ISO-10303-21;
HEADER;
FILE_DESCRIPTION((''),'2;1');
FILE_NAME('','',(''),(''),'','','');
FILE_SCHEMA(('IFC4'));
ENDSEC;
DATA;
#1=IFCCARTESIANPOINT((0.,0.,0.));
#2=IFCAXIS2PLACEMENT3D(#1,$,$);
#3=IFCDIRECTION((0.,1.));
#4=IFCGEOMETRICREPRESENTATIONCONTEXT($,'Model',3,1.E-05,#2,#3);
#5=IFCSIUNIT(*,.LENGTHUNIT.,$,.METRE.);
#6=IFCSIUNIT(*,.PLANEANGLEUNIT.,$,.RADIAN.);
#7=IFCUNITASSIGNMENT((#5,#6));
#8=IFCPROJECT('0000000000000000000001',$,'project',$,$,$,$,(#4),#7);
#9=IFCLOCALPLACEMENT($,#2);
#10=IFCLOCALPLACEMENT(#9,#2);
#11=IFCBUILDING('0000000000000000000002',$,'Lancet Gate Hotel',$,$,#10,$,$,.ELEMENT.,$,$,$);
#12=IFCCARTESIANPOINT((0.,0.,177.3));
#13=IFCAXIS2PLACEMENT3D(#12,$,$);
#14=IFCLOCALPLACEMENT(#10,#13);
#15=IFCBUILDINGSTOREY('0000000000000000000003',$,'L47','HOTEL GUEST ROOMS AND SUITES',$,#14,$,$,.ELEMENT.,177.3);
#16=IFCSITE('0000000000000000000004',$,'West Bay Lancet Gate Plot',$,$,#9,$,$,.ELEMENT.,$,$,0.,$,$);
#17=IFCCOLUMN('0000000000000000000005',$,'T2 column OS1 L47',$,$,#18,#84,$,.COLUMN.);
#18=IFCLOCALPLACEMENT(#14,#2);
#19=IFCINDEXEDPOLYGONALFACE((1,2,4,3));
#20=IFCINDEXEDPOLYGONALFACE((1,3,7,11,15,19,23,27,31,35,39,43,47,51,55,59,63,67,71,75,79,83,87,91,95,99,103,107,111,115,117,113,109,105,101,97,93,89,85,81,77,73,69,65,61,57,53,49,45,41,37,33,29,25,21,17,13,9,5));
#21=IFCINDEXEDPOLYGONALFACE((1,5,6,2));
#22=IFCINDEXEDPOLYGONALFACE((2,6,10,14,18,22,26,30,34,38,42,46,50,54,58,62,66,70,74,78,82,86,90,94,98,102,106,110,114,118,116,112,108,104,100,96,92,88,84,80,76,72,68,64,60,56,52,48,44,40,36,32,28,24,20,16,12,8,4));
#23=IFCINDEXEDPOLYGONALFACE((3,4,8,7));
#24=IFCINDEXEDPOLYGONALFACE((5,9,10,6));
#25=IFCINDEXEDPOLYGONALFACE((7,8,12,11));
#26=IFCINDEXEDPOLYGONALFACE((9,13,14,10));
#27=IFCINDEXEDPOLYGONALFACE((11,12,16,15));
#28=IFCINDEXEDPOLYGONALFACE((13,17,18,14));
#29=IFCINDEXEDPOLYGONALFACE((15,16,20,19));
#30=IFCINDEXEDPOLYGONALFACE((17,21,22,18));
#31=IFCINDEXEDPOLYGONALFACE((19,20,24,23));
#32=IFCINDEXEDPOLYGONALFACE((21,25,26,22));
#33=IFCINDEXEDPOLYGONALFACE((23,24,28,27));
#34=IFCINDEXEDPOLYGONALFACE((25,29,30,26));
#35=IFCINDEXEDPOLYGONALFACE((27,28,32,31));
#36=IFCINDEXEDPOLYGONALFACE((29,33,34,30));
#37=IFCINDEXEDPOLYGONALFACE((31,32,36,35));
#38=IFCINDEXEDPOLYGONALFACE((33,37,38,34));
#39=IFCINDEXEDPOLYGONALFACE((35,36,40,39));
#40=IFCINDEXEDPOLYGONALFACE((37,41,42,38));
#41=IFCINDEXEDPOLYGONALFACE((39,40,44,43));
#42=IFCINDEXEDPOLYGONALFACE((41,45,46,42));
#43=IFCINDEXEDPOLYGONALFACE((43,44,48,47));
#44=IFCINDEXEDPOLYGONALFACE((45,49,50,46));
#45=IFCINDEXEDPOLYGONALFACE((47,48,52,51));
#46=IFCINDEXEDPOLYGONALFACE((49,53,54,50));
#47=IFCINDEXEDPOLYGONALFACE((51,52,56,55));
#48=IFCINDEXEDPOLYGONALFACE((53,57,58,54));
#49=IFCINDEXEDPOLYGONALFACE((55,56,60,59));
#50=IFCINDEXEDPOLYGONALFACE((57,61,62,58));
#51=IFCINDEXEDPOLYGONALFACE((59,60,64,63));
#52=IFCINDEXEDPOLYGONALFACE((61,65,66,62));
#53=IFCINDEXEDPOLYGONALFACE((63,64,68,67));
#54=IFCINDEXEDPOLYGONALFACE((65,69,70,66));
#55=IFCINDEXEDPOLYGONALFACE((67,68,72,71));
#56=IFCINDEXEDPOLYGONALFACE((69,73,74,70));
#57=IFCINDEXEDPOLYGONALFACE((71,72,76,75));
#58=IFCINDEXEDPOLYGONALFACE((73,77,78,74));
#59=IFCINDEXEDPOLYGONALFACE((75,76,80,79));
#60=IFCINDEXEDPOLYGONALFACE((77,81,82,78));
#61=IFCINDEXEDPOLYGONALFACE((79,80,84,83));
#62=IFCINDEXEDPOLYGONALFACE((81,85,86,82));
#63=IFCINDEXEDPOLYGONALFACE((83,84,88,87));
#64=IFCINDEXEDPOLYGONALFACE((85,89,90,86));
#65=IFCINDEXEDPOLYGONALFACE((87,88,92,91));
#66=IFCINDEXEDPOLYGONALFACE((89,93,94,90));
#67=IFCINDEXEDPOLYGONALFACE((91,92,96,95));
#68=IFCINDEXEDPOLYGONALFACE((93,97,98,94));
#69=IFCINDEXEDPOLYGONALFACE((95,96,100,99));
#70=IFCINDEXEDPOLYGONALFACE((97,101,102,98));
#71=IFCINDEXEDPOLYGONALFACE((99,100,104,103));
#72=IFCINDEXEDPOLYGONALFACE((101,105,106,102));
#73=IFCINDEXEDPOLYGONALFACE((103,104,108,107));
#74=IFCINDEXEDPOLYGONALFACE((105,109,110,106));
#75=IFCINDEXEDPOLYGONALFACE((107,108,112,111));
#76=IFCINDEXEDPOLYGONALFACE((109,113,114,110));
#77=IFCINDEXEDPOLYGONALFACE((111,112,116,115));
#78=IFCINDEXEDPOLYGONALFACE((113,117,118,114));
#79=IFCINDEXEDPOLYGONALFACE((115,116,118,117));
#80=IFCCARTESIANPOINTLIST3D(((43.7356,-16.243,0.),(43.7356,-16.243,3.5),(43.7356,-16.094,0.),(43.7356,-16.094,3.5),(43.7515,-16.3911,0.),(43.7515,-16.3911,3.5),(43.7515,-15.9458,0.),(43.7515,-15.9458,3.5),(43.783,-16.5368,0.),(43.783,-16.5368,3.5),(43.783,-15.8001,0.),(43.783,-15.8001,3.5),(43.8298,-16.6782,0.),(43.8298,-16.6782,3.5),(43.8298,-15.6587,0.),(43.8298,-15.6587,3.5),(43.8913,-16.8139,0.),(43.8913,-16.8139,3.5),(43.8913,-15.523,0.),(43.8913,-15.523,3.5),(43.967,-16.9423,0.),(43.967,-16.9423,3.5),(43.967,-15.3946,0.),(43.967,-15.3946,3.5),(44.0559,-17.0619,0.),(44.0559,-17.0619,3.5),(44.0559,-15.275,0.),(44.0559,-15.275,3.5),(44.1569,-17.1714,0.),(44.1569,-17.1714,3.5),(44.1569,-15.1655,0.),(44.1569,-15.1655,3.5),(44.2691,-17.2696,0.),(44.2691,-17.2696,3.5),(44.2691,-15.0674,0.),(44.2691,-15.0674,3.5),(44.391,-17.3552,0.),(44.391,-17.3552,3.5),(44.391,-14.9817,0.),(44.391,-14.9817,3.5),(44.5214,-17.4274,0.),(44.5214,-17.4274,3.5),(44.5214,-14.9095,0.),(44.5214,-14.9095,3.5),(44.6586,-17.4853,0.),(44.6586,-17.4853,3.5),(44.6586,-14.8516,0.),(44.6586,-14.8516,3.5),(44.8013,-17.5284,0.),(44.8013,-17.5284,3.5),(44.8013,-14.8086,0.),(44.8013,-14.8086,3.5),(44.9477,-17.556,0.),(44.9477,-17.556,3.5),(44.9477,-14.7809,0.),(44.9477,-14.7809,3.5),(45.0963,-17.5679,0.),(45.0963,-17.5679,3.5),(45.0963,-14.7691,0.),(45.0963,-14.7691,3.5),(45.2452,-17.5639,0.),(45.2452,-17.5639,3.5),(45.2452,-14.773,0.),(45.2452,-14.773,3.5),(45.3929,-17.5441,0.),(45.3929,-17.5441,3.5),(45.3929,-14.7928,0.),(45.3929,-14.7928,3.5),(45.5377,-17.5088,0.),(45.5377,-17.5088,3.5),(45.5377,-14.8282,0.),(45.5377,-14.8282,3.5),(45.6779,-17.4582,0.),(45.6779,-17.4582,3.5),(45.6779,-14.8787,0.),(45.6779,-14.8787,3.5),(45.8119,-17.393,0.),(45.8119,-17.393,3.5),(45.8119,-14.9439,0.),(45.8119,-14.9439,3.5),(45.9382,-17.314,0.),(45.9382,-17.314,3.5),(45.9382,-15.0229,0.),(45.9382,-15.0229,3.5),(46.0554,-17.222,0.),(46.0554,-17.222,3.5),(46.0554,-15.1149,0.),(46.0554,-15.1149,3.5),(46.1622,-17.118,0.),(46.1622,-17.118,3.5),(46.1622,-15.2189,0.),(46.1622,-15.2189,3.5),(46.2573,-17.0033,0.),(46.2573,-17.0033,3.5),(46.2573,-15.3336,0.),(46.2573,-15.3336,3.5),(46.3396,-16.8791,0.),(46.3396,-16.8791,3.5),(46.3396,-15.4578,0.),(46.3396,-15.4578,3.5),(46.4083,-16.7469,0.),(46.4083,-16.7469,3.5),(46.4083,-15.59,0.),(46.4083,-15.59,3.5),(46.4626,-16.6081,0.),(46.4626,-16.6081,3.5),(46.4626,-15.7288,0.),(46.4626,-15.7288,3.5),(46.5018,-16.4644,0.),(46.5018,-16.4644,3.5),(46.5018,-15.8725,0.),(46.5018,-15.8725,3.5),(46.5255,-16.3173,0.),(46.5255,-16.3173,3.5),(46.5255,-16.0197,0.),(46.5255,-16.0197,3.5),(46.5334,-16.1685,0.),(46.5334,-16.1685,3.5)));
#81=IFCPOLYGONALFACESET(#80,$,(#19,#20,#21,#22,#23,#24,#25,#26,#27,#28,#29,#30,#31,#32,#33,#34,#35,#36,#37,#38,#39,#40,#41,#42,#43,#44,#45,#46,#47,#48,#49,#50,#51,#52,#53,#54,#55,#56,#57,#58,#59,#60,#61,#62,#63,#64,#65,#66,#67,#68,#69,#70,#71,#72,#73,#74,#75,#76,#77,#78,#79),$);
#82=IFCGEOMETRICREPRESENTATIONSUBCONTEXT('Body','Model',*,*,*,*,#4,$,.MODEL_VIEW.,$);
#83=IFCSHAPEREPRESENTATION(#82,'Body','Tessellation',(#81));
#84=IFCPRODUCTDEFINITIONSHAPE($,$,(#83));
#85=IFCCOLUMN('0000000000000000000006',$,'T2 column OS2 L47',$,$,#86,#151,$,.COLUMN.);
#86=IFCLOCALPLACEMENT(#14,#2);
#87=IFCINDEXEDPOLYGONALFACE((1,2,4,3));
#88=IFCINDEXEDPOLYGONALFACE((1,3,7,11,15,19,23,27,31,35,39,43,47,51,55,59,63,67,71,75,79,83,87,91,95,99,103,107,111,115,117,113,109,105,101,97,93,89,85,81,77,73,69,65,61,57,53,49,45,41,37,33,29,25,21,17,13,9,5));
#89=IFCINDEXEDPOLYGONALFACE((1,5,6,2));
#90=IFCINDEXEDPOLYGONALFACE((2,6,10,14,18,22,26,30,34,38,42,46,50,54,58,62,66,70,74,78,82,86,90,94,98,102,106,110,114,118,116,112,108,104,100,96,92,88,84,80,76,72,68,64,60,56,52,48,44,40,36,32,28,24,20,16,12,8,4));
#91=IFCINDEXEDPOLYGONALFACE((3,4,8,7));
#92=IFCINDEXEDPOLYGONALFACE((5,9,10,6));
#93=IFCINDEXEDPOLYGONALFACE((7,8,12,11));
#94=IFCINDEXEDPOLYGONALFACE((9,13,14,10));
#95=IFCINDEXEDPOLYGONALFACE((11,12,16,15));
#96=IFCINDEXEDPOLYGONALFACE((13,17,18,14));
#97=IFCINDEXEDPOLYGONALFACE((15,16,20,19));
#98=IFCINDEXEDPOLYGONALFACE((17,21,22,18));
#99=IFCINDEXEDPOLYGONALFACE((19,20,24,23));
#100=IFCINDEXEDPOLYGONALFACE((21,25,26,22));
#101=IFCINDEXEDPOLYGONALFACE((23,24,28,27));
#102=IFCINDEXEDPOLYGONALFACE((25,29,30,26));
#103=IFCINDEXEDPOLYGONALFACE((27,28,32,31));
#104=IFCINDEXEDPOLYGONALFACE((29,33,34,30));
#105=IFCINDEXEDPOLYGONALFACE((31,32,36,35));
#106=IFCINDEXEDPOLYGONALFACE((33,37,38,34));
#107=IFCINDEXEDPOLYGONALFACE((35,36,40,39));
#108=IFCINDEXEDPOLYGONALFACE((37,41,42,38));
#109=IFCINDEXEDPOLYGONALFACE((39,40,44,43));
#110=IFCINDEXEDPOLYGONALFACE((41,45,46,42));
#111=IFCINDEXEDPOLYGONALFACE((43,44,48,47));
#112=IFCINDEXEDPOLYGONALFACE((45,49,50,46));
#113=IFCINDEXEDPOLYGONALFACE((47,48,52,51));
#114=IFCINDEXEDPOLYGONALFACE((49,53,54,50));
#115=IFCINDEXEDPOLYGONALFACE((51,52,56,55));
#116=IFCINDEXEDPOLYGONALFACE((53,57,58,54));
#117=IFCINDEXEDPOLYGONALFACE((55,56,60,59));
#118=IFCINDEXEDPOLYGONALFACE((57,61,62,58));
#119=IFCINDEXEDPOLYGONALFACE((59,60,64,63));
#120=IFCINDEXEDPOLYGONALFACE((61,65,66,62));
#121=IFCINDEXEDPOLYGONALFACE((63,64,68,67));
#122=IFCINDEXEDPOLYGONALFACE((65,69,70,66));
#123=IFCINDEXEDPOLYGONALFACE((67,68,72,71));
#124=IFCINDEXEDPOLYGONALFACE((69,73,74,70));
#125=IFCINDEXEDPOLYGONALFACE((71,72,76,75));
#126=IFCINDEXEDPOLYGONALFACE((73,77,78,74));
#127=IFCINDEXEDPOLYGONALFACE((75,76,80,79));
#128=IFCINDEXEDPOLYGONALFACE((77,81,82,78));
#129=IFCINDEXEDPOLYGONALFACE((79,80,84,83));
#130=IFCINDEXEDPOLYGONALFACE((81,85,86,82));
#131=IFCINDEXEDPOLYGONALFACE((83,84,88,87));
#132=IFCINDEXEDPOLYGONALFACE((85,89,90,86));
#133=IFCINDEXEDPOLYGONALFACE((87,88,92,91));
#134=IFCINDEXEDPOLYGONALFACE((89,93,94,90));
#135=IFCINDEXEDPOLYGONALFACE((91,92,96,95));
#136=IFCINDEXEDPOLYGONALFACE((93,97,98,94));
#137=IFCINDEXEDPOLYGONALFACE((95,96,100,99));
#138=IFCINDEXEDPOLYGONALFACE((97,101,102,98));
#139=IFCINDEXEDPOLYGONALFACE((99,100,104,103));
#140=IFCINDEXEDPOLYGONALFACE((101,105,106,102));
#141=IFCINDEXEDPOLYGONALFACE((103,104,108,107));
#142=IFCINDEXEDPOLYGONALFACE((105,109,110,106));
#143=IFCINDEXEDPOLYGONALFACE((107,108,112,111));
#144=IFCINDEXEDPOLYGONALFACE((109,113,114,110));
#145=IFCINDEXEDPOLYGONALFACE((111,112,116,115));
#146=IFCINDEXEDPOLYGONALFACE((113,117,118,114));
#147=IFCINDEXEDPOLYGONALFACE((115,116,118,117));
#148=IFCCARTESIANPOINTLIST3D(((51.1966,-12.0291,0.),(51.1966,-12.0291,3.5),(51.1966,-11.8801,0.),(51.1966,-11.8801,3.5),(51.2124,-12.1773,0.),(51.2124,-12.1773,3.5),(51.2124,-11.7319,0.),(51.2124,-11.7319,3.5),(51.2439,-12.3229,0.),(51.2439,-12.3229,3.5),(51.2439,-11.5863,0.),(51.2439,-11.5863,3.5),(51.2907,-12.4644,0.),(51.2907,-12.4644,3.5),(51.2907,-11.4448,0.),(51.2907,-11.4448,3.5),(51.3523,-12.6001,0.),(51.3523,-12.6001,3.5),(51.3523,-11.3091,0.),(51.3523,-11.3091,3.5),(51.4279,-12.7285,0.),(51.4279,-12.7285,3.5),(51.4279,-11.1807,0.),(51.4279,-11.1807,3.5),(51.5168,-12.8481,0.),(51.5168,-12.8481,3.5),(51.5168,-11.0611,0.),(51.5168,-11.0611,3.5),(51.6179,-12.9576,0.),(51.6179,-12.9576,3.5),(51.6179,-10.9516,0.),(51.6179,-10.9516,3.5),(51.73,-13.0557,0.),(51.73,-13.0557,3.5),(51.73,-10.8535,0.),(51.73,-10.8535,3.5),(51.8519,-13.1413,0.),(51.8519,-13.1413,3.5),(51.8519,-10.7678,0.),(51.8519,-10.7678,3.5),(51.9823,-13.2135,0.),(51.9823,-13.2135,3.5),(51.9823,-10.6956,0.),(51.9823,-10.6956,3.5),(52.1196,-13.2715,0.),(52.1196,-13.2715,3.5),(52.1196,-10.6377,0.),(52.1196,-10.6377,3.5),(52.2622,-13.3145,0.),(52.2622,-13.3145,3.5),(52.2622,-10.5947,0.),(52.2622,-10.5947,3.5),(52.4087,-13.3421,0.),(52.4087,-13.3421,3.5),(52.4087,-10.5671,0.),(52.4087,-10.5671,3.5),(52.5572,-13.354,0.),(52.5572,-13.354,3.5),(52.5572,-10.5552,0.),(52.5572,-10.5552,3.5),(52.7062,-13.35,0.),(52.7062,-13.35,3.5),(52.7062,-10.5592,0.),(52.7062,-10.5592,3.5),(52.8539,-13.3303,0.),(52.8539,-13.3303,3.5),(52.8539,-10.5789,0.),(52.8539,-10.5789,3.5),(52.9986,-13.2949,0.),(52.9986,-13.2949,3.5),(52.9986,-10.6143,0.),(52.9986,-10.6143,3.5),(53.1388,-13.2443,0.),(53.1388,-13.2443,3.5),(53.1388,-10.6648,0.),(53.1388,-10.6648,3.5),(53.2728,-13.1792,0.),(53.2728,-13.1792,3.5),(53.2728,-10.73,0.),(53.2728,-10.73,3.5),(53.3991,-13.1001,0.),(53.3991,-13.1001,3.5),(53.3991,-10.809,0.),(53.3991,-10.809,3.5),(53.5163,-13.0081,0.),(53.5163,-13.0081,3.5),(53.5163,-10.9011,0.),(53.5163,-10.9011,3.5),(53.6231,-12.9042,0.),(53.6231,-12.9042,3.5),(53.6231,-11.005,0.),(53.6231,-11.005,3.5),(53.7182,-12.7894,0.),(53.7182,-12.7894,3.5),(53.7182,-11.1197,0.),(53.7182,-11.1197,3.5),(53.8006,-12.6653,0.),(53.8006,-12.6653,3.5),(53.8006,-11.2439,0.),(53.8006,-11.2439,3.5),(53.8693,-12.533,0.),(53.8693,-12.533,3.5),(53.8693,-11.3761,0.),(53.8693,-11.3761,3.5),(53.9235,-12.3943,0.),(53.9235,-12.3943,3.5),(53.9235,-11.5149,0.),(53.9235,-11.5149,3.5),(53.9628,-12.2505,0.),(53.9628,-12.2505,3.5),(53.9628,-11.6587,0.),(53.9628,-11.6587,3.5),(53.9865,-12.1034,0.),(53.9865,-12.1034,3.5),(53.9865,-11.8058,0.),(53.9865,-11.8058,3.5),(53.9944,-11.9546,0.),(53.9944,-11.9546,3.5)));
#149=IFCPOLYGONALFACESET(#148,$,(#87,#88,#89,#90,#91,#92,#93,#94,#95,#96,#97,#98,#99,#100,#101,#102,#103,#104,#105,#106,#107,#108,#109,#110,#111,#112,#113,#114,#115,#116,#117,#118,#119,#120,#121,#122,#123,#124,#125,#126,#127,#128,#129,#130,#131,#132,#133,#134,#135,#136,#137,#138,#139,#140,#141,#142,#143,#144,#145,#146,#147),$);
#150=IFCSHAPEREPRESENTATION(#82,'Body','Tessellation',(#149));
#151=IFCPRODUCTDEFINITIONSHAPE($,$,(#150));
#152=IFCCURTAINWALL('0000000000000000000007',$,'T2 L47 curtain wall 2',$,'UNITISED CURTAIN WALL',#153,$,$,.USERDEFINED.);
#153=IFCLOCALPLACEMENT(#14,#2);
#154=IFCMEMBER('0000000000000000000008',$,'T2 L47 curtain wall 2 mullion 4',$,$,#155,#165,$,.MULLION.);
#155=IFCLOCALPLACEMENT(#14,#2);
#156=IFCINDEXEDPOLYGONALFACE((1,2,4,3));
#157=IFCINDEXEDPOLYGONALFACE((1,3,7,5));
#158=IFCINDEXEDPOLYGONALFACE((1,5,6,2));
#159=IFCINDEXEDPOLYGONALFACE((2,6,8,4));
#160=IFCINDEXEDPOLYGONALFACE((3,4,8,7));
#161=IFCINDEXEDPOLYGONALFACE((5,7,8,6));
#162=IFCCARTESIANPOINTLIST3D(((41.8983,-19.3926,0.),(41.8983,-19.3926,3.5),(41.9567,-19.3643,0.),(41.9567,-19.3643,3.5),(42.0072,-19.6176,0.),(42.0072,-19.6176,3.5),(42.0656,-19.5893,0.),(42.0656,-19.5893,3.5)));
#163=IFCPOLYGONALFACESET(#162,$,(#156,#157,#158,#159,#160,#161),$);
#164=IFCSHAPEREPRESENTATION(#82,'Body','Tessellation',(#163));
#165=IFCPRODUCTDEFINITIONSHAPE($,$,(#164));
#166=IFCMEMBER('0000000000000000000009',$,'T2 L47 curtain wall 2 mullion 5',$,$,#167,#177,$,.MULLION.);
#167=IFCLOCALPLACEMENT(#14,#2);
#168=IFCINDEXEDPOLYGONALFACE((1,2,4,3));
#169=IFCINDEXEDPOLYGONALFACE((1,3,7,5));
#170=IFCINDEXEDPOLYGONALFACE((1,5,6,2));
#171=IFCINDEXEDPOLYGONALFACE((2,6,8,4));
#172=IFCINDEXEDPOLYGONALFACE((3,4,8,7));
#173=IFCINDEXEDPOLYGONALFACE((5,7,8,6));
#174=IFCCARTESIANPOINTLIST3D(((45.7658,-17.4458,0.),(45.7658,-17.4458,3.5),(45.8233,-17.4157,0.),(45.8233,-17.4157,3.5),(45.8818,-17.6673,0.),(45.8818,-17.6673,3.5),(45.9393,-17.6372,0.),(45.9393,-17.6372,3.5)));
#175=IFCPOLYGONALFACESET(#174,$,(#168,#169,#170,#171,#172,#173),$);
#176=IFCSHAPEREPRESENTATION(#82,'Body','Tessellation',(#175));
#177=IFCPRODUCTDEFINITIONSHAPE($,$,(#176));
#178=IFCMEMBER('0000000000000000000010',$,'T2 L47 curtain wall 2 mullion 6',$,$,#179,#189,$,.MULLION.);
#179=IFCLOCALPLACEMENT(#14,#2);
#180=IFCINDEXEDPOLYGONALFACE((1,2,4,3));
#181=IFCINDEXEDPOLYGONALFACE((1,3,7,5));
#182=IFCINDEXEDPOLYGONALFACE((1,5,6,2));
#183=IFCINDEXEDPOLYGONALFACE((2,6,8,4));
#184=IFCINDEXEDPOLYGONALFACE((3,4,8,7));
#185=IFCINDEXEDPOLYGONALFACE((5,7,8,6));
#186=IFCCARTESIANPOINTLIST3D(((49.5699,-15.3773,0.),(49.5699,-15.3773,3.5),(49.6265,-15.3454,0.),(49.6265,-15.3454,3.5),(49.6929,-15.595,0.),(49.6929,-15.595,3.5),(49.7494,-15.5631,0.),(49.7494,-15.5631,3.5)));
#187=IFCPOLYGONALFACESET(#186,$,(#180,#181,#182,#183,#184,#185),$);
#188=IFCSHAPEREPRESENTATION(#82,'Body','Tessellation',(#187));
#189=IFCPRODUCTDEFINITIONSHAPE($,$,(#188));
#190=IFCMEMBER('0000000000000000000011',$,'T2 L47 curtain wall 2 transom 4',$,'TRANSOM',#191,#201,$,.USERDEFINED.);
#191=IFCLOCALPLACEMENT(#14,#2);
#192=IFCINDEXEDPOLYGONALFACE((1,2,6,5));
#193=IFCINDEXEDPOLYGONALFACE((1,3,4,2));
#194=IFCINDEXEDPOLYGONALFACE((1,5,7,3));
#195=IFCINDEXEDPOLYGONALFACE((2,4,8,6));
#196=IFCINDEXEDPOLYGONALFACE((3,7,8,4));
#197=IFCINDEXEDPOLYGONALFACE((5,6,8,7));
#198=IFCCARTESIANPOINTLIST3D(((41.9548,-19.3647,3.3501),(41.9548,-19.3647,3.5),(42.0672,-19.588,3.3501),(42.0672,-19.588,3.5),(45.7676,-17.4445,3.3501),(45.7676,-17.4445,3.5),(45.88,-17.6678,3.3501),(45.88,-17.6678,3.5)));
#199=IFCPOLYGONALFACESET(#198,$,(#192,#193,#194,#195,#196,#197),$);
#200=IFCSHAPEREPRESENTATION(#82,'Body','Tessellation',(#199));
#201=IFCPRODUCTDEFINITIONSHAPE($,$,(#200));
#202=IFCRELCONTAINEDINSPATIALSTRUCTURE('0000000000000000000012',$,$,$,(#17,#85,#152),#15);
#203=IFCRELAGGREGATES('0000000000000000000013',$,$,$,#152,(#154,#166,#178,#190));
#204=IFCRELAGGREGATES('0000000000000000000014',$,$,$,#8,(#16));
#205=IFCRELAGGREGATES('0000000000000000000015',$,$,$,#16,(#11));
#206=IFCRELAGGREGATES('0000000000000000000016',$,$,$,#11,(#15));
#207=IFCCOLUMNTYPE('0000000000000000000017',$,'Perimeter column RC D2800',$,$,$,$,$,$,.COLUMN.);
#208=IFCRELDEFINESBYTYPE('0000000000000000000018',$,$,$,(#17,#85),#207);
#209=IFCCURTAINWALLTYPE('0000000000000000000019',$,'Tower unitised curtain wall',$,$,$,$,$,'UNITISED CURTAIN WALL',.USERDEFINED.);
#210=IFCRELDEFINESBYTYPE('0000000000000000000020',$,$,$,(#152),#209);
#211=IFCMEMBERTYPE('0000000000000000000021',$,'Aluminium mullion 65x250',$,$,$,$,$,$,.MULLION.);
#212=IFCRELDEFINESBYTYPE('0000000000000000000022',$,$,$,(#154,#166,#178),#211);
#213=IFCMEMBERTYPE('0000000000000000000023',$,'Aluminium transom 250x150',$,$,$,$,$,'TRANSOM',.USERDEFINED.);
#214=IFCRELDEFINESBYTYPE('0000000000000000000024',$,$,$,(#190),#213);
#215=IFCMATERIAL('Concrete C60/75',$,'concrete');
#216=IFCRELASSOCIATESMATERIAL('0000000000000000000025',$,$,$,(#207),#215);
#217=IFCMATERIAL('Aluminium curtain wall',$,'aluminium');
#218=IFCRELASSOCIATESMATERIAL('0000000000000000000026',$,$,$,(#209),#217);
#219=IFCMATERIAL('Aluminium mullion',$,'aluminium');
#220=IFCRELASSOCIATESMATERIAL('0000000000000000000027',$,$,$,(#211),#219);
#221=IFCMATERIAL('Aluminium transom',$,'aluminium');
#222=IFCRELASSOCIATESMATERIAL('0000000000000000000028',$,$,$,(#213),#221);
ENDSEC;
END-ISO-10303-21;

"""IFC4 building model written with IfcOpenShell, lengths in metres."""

from ifc_helpers import new_model, si_unit, direction, frame, origin, origin_2d, place, context, subcontext, project, spatial, rectangle, circle, extrude, material, material_profile, profile_set, type_object, element, aggregate, save


model = new_model("IFC4")

# Units and contexts
model_context = context("Model", 3, precision=1e-05, world=origin(), true_north=direction((0.0, 1.0)))
body_context = subcontext(model_context, "Body", "Model", "MODEL_VIEW")
ifc_project = project(units=[si_unit("LENGTHUNIT", "METRE"), si_unit("PLANEANGLEUNIT", "RADIAN")], contexts=[model_context])

# Site, building, storey
site_placement = place(None, origin())
site = spatial("IfcSite", under=ifc_project, at=site_placement, Name="West Bay Lancet Gate Plot", CompositionType="ELEMENT", RefElevation=0.0)
building_placement = place(site_placement, origin())
building = spatial("IfcBuilding", under=site, at=building_placement, Name="Lancet Gate Hotel", CompositionType="ELEMENT")
storey_placement = place(building_placement, frame((0.0, 0.0, 177.3)))
storey = spatial("IfcBuildingStorey", under=building, at=storey_placement, Name="L47", Description="HOTEL GUEST ROOMS AND SUITES", CompositionType="ELEMENT", Elevation=177.3)

# Columns
ifc_material_1 = material(Name="Concrete C60/75", Category="concrete")
ifc_material_profile_1 = material_profile(ifc_material_1, circle(Radius=1.3999, at=origin_2d()), Name="RC D2800")
ifc_profile_set_1 = profile_set([ifc_material_profile_1], Name="Concrete C60/75")
column_type = type_object("IfcColumnType", Name="Perimeter column RC D2800", PredefinedType="COLUMN", material=ifc_profile_set_1)
for number, where, z_axis, x_axis, name in (
    (1, (45.1335, -16.1685, 0.0), (0.0, 0.0, 1.0), (1.0, 0.0, 0.0), "T2 column OS1 L47"),
    (2, (52.5945, -11.9546, 0.0), (0.0, 0.0, 1.0), (1.0, 0.0, 0.0), "T2 column OS2 L47"),
):
    element("IfcColumn", number, at=place(storey_placement, frame(where, z_axis=z_axis, x_axis=x_axis)), inside=storey, type_object=column_type, Name=name, PredefinedType="COLUMN", context=body_context, shape_type="SweptSolid", body=[
        extrude(circle(Radius=1.3999, at=origin_2d()), origin(), (0.0, 0.0, 1.0), 3.5),
    ])

# Curtain wall, members
ifc_material_2 = material(Name="Aluminium curtain wall", Category="aluminium")
curtain_wall_type = type_object("IfcCurtainWallType", Name="Tower unitised curtain wall", ElementType="UNITISED CURTAIN WALL", PredefinedType="USERDEFINED", material=ifc_material_2)
curtain_wall_placement = place(storey_placement, origin())
curtain_wall = element("IfcCurtainWall", 3, at=curtain_wall_placement, inside=storey, type_object=curtain_wall_type, Name="T2 L47 curtain wall 2", ObjectType="UNITISED CURTAIN WALL", PredefinedType="USERDEFINED")
ifc_material_3 = material(Name="Aluminium mullion", Category="aluminium")
ifc_material_profile_2 = material_profile(ifc_material_3, rectangle(XDim=0.0649, YDim=0.25, at=origin_2d()), Name="MULLION 65x250")
ifc_profile_set_2 = profile_set([ifc_material_profile_2], Name="Aluminium mullion")
member_type_1 = type_object("IfcMemberType", Name="Aluminium mullion 65x250", PredefinedType="MULLION", material=ifc_profile_set_2)
member_1_placement = place(storey_placement, frame((41.9819, -19.491, 0.0), z_axis=(0.0, 0.0, 1.0), x_axis=(0.900141, 0.435598, 0.0)))
member_1 = element("IfcMember", 4, at=member_1_placement, type_object=member_type_1, Name="T2 L47 curtain wall 2 mullion 4", PredefinedType="MULLION", context=body_context, shape_type="SweptSolid", body=[
    extrude(rectangle(XDim=0.0649, YDim=0.25, at=origin_2d()), origin(), (0.0, 0.0, 1.0), 3.5),
])
member_2_placement = place(storey_placement, frame((45.8525, -17.5415, 0.0), z_axis=(0.0, 0.0, 1.0), x_axis=(0.885877, 0.46392, 0.0)))
member_2 = element("IfcMember", 5, at=member_2_placement, type_object=member_type_1, Name="T2 L47 curtain wall 2 mullion 5", PredefinedType="MULLION", context=body_context, shape_type="SweptSolid", body=[
    extrude(rectangle(XDim=0.0649, YDim=0.25, at=origin_2d()), origin(), (0.0, 0.0, 1.0), 3.5),
])
member_3_placement = place(storey_placement, frame((49.6597, -15.4702, 0.0), z_axis=(0.0, 0.0, 1.0), x_axis=(0.870722, 0.491776, 0.0)))
member_3 = element("IfcMember", 6, at=member_3_placement, type_object=member_type_1, Name="T2 L47 curtain wall 2 mullion 6", PredefinedType="MULLION", context=body_context, shape_type="SweptSolid", body=[
    extrude(rectangle(XDim=0.0649, YDim=0.25, at=origin_2d()), origin(), (0.0, 0.0, 1.0), 3.5),
])
ifc_material_4 = material(Name="Aluminium transom", Category="aluminium")
ifc_material_profile_3 = material_profile(ifc_material_4, rectangle(XDim=0.25, YDim=0.1499, at=origin_2d()), Name="TRANSOM 250x150")
ifc_profile_set_3 = profile_set([ifc_material_profile_3], Name="Aluminium transom")
member_type_2 = type_object("IfcMemberType", Name="Aluminium transom 250x150", ElementType="TRANSOM", PredefinedType="USERDEFINED", material=ifc_profile_set_3)
member_4_placement = place(storey_placement, frame((42.011, -19.4763, 3.425), z_axis=(0.893131, 0.449797, 0.0), x_axis=(-0.449797, 0.893131, 0.0)))
member_4 = element("IfcMember", 7, at=member_4_placement, type_object=member_type_2, Name="T2 L47 curtain wall 2 transom 4", ObjectType="TRANSOM", PredefinedType="USERDEFINED", context=body_context, shape_type="SweptSolid", body=[
    extrude(rectangle(XDim=0.25, YDim=0.1499, at=origin_2d()), origin(), (0.0, 0.0, 1.0), 4.269),
])

aggregate(curtain_wall, [member_1, member_2, member_3, member_4])

save(model, "model.ifc")
